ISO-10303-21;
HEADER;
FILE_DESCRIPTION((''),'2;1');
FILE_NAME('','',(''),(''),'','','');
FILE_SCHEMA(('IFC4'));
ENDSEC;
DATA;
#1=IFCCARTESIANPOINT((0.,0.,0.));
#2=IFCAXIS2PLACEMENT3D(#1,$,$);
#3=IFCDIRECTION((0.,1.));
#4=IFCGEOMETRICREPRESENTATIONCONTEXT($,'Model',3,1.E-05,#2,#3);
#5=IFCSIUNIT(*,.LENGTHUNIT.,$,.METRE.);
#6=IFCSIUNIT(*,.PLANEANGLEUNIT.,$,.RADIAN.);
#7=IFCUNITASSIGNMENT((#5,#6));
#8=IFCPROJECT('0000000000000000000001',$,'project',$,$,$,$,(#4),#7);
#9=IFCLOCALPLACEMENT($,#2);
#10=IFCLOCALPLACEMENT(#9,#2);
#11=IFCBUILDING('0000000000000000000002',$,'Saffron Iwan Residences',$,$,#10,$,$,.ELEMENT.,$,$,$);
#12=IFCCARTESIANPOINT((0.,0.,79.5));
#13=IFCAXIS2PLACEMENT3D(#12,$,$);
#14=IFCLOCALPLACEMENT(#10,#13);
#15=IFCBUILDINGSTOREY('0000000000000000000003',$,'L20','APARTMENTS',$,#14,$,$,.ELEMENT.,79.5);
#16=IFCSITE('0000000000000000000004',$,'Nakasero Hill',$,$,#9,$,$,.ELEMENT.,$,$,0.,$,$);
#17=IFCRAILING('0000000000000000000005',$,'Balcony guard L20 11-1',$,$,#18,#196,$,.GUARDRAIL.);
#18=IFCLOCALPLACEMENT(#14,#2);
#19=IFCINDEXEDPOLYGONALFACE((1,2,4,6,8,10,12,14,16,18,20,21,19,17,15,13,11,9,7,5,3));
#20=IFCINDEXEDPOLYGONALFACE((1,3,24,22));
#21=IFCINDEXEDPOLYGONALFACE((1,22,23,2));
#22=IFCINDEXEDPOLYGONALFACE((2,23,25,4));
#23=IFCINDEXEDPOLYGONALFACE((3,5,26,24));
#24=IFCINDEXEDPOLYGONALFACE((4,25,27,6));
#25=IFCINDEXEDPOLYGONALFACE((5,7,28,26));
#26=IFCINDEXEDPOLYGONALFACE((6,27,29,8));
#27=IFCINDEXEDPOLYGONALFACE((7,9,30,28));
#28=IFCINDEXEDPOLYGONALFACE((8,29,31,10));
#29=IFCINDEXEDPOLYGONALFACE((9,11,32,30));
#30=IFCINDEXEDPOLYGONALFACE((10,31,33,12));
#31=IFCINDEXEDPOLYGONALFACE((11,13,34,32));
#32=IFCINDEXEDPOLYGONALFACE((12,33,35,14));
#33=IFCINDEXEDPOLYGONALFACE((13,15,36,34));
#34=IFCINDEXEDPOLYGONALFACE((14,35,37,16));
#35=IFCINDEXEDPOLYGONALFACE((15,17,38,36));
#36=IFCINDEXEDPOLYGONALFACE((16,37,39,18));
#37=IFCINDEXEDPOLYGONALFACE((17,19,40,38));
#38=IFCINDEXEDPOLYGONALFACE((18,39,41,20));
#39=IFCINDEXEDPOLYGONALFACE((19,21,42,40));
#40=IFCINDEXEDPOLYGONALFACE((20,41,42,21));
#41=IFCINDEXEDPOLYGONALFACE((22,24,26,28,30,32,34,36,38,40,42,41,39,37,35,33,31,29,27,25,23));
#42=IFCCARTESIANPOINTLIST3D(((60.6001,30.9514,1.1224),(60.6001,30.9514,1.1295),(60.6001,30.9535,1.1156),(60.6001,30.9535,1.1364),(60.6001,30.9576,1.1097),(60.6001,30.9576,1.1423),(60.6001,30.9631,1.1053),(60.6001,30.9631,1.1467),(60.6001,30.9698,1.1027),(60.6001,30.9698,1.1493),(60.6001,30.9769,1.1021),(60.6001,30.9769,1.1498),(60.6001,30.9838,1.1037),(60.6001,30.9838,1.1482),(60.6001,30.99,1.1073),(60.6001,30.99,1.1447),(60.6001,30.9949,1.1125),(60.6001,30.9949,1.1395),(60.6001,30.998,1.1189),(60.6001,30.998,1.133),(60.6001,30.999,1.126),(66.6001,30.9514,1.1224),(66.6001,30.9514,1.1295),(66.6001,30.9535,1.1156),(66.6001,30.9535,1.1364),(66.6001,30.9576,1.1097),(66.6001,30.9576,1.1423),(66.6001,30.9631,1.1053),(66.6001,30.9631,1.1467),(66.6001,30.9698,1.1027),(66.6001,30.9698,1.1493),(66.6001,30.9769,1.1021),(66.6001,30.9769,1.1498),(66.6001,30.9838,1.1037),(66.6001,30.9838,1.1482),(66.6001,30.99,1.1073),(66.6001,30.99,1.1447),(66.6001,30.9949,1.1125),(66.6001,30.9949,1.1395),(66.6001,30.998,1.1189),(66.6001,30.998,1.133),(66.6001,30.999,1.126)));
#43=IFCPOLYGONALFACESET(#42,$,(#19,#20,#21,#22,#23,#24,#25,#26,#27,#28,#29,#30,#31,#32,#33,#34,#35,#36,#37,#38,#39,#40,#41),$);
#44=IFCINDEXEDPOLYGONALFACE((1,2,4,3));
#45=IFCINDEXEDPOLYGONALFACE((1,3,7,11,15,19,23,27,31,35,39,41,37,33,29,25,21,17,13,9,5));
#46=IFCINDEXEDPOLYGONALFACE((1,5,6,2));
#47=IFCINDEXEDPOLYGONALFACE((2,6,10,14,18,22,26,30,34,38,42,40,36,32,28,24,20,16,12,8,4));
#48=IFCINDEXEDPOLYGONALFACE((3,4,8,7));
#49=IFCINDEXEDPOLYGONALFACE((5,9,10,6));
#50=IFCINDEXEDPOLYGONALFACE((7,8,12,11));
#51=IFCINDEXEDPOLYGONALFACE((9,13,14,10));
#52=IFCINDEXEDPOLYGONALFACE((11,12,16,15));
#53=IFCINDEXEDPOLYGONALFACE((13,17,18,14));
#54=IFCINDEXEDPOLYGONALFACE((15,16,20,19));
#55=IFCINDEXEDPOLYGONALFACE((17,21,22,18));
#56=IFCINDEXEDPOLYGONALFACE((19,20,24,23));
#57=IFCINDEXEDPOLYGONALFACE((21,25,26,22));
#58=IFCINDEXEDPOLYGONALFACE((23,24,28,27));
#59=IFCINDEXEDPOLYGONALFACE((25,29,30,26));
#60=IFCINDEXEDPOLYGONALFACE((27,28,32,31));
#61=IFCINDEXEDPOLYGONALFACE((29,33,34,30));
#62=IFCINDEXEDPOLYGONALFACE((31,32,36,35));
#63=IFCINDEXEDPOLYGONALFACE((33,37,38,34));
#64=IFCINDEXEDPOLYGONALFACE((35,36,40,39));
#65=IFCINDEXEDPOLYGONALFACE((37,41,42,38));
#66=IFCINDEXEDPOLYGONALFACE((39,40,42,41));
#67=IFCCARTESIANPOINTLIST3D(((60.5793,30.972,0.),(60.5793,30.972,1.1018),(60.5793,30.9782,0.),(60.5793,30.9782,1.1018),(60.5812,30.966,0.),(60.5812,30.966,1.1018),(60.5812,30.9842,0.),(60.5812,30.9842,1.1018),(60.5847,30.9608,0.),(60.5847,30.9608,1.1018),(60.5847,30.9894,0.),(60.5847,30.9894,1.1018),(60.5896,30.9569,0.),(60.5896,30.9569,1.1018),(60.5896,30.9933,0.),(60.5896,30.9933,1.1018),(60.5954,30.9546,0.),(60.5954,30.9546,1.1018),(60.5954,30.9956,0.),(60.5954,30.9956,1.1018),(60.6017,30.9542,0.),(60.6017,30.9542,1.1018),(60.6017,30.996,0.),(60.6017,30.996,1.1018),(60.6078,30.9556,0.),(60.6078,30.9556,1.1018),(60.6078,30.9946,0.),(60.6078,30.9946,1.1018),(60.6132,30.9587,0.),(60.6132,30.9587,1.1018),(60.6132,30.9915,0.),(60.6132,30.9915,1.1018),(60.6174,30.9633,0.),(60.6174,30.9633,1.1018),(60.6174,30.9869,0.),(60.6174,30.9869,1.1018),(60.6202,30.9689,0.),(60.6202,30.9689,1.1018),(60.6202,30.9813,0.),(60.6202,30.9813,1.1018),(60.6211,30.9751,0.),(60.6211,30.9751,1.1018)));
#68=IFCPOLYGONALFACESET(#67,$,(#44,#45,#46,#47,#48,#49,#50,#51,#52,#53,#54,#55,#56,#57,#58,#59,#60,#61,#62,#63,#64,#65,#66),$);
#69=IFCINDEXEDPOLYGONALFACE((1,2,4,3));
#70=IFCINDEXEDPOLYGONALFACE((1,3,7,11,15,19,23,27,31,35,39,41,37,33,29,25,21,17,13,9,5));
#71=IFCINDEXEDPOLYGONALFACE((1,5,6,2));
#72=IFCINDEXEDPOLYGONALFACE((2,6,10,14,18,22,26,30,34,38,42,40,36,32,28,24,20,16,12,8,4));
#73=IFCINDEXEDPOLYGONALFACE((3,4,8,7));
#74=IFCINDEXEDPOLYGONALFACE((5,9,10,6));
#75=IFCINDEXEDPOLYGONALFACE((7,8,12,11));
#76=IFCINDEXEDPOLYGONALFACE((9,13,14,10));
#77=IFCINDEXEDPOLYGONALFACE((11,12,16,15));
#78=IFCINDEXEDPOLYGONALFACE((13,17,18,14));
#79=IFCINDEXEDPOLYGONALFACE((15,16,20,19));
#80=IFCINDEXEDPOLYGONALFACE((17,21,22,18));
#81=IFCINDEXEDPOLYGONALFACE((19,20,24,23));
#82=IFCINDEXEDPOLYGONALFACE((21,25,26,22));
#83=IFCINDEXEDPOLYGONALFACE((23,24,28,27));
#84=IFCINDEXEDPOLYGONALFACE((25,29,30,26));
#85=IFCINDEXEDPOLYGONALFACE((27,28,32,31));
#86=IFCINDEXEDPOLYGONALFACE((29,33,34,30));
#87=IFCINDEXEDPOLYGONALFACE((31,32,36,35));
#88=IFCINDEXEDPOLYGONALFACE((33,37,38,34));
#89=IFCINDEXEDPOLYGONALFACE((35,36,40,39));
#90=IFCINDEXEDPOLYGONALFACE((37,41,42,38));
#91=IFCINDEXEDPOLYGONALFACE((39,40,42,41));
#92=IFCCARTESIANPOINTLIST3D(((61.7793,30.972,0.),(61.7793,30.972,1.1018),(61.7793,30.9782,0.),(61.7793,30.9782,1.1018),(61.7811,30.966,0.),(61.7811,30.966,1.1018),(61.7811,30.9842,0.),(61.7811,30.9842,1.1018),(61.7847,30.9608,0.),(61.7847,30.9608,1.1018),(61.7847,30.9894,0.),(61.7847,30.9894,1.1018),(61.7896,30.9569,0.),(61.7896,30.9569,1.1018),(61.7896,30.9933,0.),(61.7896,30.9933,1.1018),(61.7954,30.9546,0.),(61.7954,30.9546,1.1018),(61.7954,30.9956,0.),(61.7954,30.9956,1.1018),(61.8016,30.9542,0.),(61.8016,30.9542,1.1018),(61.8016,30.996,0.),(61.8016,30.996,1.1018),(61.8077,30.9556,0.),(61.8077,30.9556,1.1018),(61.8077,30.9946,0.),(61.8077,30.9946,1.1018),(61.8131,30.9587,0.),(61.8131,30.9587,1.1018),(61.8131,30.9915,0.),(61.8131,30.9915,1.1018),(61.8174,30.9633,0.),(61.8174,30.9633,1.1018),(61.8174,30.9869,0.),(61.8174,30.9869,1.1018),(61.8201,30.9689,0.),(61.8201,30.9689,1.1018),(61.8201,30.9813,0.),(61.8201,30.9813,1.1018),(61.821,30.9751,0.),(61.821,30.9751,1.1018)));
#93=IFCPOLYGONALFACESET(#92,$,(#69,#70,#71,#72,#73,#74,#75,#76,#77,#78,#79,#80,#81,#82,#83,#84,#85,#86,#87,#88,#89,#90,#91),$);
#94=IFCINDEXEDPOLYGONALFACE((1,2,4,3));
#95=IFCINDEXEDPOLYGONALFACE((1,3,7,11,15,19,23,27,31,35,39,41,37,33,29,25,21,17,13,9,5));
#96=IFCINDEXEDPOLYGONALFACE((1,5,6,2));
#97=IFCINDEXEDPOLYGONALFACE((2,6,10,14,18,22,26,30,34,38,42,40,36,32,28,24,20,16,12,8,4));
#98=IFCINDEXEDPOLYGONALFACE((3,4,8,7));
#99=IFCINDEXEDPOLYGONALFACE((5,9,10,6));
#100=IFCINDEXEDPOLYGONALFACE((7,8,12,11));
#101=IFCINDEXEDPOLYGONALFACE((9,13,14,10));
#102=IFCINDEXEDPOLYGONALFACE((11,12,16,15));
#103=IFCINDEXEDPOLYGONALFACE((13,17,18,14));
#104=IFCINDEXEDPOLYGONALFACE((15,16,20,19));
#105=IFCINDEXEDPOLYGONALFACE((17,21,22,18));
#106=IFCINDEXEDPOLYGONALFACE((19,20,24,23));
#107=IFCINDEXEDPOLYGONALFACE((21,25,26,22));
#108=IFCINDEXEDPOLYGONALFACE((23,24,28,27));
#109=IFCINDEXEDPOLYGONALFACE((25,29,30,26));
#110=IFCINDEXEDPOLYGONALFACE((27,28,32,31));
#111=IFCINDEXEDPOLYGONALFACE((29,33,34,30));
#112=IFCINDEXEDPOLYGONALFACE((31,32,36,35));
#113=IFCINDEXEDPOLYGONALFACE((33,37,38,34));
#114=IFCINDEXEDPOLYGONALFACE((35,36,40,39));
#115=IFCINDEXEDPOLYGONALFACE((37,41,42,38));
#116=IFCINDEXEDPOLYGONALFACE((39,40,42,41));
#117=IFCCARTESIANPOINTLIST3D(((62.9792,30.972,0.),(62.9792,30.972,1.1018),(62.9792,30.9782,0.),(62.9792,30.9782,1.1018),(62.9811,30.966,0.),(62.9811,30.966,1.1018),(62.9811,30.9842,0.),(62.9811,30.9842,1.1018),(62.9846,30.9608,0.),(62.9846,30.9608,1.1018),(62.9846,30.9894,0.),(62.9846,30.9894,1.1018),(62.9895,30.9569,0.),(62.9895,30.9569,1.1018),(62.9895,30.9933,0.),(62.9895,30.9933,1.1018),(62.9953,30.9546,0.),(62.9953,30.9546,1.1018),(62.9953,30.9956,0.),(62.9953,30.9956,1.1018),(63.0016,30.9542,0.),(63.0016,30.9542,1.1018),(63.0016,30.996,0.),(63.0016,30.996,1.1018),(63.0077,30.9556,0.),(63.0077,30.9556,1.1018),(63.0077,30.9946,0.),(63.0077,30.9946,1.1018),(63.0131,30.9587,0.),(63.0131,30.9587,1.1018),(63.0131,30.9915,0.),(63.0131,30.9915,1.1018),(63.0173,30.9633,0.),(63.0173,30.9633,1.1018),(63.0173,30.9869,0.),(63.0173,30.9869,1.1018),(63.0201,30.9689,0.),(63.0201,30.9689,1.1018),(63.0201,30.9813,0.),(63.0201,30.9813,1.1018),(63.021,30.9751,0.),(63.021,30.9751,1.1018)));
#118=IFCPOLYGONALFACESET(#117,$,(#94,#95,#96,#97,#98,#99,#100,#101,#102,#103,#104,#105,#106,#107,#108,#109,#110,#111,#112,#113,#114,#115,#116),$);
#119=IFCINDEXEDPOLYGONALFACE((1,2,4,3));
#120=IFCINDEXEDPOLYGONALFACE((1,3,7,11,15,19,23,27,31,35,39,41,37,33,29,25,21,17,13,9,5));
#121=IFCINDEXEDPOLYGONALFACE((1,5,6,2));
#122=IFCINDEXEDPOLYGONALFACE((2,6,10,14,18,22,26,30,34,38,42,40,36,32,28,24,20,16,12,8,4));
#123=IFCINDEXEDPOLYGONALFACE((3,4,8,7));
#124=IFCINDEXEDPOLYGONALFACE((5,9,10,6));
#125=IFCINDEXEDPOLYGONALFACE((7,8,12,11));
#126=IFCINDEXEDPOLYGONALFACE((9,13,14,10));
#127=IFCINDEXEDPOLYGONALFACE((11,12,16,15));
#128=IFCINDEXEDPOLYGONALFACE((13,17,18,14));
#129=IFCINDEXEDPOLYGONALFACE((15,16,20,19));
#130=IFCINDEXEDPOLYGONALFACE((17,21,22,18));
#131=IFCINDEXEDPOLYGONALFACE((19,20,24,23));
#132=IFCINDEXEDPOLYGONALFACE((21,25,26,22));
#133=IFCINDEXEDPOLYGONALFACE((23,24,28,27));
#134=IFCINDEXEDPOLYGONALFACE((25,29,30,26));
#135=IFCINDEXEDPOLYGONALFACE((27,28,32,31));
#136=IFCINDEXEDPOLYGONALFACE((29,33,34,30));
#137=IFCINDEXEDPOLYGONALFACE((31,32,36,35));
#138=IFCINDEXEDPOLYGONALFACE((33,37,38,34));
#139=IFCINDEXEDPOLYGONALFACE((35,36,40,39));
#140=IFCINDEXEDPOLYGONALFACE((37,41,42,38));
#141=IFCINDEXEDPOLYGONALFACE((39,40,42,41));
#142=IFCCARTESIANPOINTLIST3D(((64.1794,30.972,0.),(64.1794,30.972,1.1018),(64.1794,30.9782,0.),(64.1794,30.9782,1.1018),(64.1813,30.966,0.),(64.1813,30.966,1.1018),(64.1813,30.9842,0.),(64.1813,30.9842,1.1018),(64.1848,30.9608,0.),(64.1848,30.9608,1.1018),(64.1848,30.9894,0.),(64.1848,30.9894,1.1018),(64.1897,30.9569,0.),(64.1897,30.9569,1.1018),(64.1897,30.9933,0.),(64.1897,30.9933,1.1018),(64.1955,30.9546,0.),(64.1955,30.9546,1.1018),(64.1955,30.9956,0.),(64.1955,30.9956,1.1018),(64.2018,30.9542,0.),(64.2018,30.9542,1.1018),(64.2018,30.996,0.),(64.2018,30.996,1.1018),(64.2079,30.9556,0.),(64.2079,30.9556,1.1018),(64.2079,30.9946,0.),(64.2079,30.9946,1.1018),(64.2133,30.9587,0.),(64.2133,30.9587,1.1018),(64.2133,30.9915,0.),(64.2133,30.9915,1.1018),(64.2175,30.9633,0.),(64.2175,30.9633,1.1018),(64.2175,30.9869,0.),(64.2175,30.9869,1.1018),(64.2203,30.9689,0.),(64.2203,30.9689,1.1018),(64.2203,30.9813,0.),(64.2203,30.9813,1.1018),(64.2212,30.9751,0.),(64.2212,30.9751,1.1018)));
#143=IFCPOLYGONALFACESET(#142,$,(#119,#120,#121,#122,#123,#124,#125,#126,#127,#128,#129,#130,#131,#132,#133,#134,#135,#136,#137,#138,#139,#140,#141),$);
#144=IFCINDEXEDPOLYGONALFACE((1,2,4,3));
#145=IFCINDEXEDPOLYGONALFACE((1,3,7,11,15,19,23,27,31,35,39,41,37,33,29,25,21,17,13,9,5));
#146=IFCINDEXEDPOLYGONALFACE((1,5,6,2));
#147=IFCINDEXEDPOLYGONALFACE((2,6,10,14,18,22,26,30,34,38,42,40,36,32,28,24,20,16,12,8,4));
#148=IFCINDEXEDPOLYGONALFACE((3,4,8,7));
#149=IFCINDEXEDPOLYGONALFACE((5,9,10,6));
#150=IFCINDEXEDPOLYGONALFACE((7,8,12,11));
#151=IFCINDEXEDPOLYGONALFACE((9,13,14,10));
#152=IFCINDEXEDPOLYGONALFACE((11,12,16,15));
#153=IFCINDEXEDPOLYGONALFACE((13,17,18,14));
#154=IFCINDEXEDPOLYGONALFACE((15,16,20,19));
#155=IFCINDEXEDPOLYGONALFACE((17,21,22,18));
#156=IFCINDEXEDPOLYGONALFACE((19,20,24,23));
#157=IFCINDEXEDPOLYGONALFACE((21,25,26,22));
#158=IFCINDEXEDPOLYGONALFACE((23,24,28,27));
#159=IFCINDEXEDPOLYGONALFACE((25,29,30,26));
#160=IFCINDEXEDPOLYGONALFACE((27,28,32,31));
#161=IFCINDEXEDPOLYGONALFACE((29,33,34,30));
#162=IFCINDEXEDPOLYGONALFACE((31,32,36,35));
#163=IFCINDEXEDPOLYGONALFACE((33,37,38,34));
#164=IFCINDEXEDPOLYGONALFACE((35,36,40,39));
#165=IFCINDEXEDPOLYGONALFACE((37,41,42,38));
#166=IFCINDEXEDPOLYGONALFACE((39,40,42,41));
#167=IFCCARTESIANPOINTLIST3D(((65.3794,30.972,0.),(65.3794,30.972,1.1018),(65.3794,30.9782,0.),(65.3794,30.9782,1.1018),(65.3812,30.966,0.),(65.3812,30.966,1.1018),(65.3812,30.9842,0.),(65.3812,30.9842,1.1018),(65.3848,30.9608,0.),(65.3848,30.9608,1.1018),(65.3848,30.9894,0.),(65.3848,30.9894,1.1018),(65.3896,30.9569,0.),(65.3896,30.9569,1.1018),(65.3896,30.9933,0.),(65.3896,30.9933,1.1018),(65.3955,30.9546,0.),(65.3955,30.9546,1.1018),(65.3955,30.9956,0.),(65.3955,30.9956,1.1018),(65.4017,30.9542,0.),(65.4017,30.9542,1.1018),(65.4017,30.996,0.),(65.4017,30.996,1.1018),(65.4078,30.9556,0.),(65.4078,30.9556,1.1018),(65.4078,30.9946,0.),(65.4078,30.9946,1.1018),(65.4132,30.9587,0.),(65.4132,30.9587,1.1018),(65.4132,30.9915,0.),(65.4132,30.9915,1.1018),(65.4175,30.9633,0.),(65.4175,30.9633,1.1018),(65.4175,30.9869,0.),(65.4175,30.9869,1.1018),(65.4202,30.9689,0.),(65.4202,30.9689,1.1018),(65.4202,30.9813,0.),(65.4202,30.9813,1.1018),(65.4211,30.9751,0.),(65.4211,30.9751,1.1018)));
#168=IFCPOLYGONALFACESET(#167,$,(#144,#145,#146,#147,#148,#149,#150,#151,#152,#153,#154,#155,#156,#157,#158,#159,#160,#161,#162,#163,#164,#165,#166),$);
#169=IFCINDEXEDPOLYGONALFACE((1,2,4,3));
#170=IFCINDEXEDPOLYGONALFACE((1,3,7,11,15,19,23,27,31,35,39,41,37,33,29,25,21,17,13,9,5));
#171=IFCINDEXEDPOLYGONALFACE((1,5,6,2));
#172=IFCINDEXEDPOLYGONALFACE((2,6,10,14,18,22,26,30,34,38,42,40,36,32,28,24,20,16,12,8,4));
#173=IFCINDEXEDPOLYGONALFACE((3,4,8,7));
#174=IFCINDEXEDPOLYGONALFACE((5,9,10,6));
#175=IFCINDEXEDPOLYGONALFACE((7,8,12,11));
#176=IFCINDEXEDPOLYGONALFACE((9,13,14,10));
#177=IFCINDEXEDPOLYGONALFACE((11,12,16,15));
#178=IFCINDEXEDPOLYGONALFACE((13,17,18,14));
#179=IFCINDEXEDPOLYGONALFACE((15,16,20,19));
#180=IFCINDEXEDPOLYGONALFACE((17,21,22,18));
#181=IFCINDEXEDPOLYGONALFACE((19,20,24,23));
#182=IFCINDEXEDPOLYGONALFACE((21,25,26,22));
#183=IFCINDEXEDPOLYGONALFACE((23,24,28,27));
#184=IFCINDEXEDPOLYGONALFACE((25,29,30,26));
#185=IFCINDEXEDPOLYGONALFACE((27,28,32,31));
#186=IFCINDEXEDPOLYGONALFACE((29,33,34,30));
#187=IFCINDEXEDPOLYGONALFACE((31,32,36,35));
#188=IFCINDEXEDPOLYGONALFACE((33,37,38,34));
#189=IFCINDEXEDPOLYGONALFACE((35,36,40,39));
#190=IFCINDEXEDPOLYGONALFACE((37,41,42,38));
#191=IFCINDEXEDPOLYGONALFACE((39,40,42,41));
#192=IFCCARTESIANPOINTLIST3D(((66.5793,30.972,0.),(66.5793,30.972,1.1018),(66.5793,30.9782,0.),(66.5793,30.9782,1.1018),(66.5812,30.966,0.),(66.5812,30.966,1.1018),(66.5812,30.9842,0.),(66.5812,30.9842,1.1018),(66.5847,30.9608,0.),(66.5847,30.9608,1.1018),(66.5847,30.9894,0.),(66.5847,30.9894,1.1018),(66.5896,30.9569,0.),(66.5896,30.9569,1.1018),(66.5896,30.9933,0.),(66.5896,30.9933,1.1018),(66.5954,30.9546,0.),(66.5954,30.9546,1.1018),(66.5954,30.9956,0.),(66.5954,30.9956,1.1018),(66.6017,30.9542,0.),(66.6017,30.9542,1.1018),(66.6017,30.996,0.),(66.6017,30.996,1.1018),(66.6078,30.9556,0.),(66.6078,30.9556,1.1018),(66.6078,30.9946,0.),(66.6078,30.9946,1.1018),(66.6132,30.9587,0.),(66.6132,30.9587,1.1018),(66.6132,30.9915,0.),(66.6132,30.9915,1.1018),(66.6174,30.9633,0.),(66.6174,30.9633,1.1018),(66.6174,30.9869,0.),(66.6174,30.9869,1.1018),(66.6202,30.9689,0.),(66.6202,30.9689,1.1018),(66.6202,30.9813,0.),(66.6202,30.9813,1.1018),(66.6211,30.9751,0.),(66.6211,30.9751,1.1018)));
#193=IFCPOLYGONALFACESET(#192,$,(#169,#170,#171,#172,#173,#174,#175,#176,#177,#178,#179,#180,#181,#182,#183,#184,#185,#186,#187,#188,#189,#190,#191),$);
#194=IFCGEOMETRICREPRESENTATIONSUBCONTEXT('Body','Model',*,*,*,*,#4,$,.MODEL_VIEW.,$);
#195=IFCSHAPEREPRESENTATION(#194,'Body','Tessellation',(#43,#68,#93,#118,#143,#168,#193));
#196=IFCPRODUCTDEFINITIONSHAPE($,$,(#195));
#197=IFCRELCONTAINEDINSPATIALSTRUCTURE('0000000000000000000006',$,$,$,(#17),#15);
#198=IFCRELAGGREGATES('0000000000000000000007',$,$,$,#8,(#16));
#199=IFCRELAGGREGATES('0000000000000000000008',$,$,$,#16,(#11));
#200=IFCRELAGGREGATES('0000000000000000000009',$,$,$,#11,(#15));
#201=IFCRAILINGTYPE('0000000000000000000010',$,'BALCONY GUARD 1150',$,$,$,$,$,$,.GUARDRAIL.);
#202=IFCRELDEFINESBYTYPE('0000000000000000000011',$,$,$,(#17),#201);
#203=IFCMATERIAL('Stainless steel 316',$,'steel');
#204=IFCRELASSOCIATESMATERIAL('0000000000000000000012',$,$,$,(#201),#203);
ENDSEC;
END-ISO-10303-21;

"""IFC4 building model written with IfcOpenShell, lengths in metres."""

from ifc_helpers import new_model, si_unit, direction, frame, origin, origin_2d, place, context, subcontext, project, spatial, circle, extrude, material, type_object, element, save


model = new_model("IFC4")

# Units and contexts
model_context = context("Model", 3, precision=1e-05, world=origin(), true_north=direction((0.0, 1.0)))
body_context = subcontext(model_context, "Body", "Model", "MODEL_VIEW")
ifc_project = project(units=[si_unit("LENGTHUNIT", "METRE"), si_unit("PLANEANGLEUNIT", "RADIAN")], contexts=[model_context])

# Site, building, storey
site_placement = place(None, origin())
site = spatial("IfcSite", under=ifc_project, at=site_placement, Name="Nakasero Hill", CompositionType="ELEMENT", RefElevation=0.0)
building_placement = place(site_placement, origin())
building = spatial("IfcBuilding", under=site, at=building_placement, Name="Saffron Iwan Residences", CompositionType="ELEMENT")
storey_placement = place(building_placement, frame((0.0, 0.0, 79.5)))
storey = spatial("IfcBuildingStorey", under=building, at=storey_placement, Name="L20", Description="APARTMENTS", CompositionType="ELEMENT", Elevation=79.5)

# Railing
ifc_material_1 = material(Name="Stainless steel 316", Category="steel")
railing_type = type_object("IfcRailingType", Name="BALCONY GUARD 1150", PredefinedType="GUARDRAIL", material=ifc_material_1)
railing_placement = place(storey_placement, frame((60.6001, 30.9751, 0.0)))
element("IfcRailing", 1, at=railing_placement, inside=storey, type_object=railing_type, Name="Balcony guard L20 11-1", PredefinedType="GUARDRAIL", context=body_context, shape_type="SweptSolid", body=[
    extrude(circle(Radius=0.0239, at=origin_2d()), frame((0.0, 0.0, 1.126), z_axis=(1.0, 0.0, 0.0), x_axis=(0.0, 1.0, 0.0)), (0.0, 0.0, 1.0), 6.0),
    extrude(circle(Radius=0.021, at=origin_2d()), origin(), (0.0, 0.0, 1.0), 1.1018),
    extrude(circle(Radius=0.021, at=origin_2d()), frame((1.2, 0.0, 0.0)), (0.0, 0.0, 1.0), 1.1018),
    extrude(circle(Radius=0.021, at=origin_2d()), frame((2.3999, 0.0, 0.0)), (0.0, 0.0, 1.0), 1.1018),
    extrude(circle(Radius=0.021, at=origin_2d()), frame((3.6001, 0.0, 0.0)), (0.0, 0.0, 1.0), 1.1018),
    extrude(circle(Radius=0.021, at=origin_2d()), frame((4.8, 0.0, 0.0)), (0.0, 0.0, 1.0), 1.1018),
    extrude(circle(Radius=0.021, at=origin_2d()), frame((6.0, 0.0, 0.0)), (0.0, 0.0, 1.0), 1.1018),
])

save(model, "model.ifc")
